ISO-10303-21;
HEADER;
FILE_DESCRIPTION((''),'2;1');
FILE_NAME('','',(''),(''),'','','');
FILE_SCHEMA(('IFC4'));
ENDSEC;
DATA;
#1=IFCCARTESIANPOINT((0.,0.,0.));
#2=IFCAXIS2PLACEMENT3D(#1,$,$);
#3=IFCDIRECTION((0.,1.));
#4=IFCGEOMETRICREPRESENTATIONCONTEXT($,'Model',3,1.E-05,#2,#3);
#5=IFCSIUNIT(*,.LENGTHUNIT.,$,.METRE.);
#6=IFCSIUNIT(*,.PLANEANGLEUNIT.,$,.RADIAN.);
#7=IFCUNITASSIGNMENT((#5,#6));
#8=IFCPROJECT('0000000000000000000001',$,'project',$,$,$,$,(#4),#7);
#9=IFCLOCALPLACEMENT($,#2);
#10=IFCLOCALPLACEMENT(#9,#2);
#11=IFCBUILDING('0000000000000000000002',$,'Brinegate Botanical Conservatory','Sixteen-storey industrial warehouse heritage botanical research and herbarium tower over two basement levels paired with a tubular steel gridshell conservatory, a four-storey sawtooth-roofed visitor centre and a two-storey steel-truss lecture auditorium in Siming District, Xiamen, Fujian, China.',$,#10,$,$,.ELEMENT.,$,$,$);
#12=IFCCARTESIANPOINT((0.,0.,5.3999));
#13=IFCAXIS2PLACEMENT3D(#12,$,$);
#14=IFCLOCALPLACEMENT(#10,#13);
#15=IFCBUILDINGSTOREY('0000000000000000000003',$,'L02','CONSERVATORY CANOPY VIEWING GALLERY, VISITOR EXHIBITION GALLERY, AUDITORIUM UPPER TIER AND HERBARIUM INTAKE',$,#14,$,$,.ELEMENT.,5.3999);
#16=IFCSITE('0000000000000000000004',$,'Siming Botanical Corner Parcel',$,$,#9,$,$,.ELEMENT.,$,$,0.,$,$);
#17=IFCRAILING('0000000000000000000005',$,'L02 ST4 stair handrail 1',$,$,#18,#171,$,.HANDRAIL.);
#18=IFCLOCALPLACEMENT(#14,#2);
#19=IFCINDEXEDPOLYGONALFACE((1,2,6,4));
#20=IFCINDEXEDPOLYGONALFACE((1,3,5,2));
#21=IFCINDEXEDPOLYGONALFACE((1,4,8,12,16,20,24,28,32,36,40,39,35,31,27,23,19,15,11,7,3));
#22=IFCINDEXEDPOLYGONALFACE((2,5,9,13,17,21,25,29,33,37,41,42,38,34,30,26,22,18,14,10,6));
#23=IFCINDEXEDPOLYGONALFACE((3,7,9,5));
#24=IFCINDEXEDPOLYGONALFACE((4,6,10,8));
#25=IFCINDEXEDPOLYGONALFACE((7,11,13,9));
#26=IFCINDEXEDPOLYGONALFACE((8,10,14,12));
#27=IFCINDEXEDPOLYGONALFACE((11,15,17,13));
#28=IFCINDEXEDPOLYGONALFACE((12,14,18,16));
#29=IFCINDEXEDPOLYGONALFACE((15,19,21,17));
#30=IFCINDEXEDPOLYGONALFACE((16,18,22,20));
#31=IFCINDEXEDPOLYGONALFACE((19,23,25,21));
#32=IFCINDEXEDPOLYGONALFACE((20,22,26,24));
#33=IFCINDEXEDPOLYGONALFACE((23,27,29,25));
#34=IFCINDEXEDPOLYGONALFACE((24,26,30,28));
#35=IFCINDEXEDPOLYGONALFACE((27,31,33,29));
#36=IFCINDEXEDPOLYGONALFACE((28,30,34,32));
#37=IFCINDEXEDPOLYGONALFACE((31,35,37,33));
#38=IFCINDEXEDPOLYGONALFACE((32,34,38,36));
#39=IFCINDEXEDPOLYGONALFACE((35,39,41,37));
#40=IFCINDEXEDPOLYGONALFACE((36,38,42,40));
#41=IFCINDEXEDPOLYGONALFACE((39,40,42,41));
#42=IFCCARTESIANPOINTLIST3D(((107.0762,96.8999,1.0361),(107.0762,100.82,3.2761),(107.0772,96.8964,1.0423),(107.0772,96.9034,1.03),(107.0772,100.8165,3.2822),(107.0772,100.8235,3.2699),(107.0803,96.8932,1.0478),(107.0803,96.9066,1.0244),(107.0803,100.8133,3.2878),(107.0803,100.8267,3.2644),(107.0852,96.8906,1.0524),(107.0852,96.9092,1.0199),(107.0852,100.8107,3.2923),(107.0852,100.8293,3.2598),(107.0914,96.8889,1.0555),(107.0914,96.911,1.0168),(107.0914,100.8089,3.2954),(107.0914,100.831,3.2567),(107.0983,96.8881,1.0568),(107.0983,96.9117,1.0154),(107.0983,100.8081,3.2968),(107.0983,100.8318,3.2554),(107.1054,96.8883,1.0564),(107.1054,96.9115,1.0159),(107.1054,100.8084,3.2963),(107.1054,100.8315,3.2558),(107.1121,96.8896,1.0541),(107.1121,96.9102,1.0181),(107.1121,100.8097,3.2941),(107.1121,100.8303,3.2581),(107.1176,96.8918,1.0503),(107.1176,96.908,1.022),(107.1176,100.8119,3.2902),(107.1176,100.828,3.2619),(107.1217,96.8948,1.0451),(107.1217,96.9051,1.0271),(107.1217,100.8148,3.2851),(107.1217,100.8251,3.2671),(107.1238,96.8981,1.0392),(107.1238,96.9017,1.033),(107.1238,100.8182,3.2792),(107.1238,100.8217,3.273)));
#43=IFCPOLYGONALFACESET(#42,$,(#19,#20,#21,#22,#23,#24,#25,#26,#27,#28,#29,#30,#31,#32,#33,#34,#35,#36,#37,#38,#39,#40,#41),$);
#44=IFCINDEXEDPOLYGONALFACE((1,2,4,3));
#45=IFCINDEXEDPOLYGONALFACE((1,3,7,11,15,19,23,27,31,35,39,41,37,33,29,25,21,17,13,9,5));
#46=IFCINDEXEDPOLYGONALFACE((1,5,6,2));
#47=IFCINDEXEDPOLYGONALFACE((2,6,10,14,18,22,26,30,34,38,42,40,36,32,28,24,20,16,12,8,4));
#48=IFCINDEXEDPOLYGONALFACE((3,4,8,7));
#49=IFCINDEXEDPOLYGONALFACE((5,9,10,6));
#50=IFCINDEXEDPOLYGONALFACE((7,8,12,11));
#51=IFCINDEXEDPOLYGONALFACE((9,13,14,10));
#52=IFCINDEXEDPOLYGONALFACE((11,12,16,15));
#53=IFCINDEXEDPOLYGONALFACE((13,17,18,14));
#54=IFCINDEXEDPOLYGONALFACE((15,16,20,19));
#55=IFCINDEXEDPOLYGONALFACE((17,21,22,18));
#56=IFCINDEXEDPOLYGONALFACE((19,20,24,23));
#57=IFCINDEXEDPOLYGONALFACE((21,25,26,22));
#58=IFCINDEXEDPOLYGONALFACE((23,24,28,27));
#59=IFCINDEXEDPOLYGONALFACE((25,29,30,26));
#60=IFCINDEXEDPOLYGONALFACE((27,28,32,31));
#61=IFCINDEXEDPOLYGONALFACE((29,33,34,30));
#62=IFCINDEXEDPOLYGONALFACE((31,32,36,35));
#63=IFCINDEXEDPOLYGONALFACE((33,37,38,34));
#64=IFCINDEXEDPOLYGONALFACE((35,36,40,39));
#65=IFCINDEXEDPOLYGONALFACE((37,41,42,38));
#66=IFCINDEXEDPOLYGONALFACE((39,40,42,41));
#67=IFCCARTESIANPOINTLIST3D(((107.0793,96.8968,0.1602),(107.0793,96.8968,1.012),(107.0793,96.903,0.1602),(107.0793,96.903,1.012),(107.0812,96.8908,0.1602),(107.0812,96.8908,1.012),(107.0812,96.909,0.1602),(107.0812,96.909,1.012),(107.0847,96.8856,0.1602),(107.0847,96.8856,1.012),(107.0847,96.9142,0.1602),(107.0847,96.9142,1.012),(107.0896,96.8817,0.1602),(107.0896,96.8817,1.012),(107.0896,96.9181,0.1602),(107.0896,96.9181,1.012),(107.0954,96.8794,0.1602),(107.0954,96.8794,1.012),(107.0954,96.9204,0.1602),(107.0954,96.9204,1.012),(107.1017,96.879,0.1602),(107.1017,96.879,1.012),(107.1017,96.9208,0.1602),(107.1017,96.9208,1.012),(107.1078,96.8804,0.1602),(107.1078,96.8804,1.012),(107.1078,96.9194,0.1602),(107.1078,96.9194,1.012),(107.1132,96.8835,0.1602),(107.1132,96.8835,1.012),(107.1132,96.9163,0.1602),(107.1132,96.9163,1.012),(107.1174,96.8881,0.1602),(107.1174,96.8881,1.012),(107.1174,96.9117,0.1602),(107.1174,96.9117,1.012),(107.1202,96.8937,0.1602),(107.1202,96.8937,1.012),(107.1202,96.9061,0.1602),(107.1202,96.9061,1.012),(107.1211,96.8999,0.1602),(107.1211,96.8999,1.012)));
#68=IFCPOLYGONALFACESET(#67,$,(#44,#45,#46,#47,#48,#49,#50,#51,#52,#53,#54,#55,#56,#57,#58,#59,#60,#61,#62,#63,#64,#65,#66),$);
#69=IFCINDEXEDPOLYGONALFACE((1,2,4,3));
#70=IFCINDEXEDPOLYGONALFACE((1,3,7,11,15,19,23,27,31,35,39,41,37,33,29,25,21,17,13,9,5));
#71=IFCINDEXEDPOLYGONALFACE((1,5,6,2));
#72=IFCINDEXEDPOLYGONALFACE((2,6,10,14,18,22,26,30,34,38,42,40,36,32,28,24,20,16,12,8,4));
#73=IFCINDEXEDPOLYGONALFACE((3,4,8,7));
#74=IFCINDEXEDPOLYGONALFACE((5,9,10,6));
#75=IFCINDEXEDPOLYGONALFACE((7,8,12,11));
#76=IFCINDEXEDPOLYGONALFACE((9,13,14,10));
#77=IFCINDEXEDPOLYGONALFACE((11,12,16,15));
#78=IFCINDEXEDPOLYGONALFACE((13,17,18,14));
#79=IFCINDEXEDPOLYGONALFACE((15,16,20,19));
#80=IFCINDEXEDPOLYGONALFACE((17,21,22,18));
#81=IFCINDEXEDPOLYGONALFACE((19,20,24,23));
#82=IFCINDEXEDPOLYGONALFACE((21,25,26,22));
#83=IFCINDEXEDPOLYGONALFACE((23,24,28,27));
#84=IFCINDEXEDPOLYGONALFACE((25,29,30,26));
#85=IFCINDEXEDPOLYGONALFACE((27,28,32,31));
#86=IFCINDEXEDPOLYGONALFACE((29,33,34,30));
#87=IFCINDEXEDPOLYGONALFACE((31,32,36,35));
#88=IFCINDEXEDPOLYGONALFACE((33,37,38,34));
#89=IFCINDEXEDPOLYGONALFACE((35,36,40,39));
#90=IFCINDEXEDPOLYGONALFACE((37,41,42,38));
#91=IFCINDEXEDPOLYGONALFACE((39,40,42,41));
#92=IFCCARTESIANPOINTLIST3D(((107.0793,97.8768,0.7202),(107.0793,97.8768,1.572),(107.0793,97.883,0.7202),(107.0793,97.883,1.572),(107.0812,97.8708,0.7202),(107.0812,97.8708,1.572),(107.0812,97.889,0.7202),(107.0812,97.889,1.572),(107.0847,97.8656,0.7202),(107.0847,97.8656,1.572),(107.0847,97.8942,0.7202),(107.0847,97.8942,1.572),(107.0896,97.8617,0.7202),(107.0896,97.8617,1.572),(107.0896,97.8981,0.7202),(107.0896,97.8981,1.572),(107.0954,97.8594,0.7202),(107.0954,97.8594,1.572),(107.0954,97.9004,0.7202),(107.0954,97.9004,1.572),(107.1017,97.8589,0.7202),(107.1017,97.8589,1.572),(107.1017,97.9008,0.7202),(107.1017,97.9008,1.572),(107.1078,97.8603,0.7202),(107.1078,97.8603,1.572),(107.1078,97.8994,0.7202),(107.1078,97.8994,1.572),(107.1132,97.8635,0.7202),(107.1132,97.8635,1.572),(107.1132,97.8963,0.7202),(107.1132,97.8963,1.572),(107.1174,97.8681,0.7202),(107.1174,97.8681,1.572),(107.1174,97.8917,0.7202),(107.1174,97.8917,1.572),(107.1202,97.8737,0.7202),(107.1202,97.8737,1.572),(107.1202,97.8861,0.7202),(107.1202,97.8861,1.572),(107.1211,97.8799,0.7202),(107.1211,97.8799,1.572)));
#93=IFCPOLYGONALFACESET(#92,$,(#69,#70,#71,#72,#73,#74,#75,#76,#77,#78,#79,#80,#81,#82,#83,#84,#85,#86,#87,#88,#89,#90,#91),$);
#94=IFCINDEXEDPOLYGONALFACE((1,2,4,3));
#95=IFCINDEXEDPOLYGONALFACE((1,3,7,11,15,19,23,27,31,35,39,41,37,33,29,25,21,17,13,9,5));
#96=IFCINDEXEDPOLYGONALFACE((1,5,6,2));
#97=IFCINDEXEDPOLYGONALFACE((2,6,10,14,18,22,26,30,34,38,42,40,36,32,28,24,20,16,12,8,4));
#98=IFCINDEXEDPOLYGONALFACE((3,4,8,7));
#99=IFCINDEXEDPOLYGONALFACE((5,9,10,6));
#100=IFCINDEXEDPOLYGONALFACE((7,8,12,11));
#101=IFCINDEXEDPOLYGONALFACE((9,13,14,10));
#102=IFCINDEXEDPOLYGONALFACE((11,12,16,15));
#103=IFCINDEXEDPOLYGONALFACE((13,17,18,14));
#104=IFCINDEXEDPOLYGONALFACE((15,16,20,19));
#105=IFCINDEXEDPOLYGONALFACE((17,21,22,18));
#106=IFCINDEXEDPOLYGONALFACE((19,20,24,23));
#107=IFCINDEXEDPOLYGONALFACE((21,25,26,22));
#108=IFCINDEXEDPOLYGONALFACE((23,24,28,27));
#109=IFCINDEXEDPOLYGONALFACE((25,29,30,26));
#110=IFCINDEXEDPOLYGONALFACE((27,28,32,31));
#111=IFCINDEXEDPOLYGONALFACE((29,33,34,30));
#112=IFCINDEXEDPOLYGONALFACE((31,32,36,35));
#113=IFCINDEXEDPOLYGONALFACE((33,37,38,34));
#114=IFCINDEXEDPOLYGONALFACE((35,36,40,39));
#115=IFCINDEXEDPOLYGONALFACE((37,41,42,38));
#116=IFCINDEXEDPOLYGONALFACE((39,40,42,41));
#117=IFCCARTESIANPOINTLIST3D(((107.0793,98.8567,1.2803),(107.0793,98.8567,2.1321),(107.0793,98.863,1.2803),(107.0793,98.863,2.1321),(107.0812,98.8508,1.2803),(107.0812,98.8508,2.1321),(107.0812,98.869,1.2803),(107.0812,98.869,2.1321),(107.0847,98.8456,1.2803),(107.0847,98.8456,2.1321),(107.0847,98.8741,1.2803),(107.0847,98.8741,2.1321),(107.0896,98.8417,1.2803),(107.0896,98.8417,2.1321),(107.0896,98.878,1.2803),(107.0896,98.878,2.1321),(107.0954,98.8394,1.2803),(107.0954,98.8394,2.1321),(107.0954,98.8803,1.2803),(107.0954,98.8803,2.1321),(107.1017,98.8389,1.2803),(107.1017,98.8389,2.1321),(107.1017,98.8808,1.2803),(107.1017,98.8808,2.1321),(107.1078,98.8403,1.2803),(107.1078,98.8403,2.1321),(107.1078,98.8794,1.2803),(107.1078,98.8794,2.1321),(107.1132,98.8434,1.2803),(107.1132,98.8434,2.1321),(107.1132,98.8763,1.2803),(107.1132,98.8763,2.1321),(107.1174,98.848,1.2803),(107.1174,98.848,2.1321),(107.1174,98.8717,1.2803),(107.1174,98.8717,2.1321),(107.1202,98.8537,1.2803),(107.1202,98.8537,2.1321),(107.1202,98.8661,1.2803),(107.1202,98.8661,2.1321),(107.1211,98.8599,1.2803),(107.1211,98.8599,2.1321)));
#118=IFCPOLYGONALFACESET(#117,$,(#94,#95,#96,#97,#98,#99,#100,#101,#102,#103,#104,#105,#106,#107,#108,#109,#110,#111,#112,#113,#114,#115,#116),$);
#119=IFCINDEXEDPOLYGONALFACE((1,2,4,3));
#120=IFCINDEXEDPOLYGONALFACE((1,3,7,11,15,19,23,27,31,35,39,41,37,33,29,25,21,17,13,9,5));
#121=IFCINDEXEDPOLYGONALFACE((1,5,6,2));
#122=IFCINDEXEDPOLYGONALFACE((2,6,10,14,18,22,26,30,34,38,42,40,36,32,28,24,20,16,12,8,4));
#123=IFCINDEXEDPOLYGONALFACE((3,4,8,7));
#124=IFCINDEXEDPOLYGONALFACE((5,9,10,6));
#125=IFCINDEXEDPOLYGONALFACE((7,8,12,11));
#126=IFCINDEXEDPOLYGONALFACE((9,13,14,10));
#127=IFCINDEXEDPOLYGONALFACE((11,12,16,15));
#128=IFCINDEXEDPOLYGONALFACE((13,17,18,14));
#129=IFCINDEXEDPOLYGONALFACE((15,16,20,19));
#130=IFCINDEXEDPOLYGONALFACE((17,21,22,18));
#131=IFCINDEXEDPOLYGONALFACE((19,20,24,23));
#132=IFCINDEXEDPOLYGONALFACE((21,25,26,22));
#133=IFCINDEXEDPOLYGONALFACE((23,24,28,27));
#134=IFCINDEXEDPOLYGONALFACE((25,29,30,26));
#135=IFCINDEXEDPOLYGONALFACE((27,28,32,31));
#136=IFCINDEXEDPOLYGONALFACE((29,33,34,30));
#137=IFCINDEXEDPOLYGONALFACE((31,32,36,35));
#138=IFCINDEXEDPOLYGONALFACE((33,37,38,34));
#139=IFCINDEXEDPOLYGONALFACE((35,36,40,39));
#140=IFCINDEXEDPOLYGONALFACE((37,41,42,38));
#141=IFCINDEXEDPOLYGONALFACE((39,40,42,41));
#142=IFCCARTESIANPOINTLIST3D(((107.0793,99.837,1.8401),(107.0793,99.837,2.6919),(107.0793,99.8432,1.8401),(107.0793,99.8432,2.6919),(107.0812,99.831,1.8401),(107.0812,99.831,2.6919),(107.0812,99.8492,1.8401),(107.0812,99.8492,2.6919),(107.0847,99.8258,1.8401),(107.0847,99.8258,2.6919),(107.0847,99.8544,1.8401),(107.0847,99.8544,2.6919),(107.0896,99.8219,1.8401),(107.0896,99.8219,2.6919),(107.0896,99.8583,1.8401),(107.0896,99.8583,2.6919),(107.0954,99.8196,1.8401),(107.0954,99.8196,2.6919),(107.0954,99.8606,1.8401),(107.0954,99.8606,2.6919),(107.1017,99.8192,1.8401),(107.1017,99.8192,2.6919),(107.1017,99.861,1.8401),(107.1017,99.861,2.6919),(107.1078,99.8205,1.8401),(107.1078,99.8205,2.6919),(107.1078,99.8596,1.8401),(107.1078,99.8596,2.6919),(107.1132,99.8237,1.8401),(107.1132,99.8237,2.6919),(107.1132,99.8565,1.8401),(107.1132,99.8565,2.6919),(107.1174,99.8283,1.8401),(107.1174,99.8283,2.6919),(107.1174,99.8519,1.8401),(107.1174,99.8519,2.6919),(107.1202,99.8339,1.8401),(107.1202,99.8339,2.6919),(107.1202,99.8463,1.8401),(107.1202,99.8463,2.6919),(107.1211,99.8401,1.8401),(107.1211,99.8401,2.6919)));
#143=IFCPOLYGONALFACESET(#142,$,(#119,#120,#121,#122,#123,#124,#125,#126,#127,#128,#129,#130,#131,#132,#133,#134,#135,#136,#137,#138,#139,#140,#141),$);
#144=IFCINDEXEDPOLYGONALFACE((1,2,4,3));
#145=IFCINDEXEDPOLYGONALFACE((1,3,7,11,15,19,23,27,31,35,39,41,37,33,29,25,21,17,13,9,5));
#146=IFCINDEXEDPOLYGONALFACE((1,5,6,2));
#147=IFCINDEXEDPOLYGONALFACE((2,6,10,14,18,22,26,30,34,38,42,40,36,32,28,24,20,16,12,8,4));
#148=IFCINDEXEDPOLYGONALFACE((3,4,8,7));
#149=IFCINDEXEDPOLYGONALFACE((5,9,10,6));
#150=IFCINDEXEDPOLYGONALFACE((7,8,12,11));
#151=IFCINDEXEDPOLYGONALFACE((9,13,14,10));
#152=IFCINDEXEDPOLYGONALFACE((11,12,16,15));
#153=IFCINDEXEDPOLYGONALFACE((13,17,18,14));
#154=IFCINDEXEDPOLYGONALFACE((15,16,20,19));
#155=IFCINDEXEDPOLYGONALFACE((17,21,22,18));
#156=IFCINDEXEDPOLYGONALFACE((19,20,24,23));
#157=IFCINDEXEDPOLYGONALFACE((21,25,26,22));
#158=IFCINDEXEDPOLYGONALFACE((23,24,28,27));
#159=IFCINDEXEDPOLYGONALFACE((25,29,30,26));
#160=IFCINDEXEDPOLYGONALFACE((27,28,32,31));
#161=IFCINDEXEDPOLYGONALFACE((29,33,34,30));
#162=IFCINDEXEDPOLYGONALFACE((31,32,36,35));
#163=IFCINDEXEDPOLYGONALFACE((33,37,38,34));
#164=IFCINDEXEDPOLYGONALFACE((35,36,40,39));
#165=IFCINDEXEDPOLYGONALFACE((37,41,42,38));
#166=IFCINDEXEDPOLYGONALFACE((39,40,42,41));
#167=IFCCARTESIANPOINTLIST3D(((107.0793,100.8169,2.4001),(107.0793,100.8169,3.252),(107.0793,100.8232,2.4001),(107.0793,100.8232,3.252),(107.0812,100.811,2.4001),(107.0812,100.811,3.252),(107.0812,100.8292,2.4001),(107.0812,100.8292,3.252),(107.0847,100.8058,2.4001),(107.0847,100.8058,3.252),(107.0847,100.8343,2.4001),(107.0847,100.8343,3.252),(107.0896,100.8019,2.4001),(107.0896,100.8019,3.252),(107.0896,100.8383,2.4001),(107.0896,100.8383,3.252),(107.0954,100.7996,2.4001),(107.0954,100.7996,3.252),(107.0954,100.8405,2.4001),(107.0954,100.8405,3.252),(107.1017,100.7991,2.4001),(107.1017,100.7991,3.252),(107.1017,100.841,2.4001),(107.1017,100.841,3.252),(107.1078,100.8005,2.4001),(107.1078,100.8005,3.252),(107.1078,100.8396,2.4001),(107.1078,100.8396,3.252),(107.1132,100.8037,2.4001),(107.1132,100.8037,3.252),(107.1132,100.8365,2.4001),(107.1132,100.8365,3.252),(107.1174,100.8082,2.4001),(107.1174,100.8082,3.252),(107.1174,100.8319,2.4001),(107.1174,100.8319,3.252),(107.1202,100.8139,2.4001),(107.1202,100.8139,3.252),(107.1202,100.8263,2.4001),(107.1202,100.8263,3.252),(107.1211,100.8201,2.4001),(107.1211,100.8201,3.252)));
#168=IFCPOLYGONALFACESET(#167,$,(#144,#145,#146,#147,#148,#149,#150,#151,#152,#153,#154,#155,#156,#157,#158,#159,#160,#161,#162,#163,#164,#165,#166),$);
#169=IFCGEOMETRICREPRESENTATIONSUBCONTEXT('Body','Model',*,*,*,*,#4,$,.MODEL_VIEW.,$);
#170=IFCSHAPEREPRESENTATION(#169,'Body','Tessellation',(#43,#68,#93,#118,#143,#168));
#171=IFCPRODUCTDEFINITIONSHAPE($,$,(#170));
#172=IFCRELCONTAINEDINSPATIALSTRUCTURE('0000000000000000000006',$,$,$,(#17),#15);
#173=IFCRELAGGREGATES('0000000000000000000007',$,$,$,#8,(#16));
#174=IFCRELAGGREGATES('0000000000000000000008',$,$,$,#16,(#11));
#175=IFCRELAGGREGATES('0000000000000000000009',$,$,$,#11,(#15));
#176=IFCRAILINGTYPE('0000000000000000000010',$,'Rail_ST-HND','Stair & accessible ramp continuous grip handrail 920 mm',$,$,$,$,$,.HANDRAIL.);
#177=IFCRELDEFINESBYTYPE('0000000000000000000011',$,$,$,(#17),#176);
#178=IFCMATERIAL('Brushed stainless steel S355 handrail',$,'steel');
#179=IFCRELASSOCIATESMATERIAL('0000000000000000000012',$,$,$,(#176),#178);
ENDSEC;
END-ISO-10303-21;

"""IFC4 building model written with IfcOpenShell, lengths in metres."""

from ifc_helpers import new_model, si_unit, direction, frame, origin, origin_2d, place, context, subcontext, project, spatial, circle, extrude, material, type_object, element, save


model = new_model("IFC4")

# Units and contexts
model_context = context("Model", 3, precision=1e-05, world=origin(), true_north=direction((0.0, 1.0)))
body_context = subcontext(model_context, "Body", "Model", "MODEL_VIEW")
ifc_project = project(units=[si_unit("LENGTHUNIT", "METRE"), si_unit("PLANEANGLEUNIT", "RADIAN")], contexts=[model_context])

# Site, building, storey
site_placement = place(None, origin())
site = spatial("IfcSite", under=ifc_project, at=site_placement, Name="Siming Botanical Corner Parcel", CompositionType="ELEMENT", RefElevation=0.0)
building_placement = place(site_placement, origin())
building = spatial("IfcBuilding", under=site, at=building_placement, Name="Brinegate Botanical Conservatory", Description="Sixteen-storey industrial warehouse heritage botanical research and herbarium tower over two basement levels paired with a tubular steel gridshell conservatory, a four-storey sawtooth-roofed visitor centre and a two-storey steel-truss lecture auditorium in Siming District, Xiamen, Fujian, China.", CompositionType="ELEMENT")
storey_placement = place(building_placement, frame((0.0, 0.0, 5.3999)))
storey = spatial("IfcBuildingStorey", under=building, at=storey_placement, Name="L02", Description="CONSERVATORY CANOPY VIEWING GALLERY, VISITOR EXHIBITION GALLERY, AUDITORIUM UPPER TIER AND HERBARIUM INTAKE", CompositionType="ELEMENT", Elevation=5.3999)

# Railing
ifc_material_1 = material(Name="Brushed stainless steel S355 handrail", Category="steel")
railing_type_1 = type_object("IfcRailingType", Name="Rail_ST-HND", Description="Stair & accessible ramp continuous grip handrail 920 mm", PredefinedType="HANDRAIL", material=ifc_material_1)
railing_1_placement = place(storey_placement, frame((107.1001, 96.8999, 0.1602)))
element("IfcRailing", 1, at=railing_1_placement, inside=storey, type_object=railing_type_1, Name="L02 ST4 stair handrail 1", PredefinedType="HANDRAIL", context=body_context, shape_type="SweptSolid", body=[
    extrude(circle(Radius=0.0239, at=origin_2d()), frame((0.0, 0.0, 0.876), z_axis=(0.0, 0.868253, 0.496121), x_axis=(-1.0, 0.0, 0.0)), (0.0, 0.0, 1.0), 4.5149),
    extrude(circle(Radius=0.021, at=origin_2d()), origin(), (0.0, 0.0, 1.0), 0.8518),
    extrude(circle(Radius=0.021, at=origin_2d()), frame((0.0, 0.98, 0.5601)), (0.0, 0.0, 1.0), 0.8518),
    extrude(circle(Radius=0.021, at=origin_2d()), frame((0.0, 1.96, 1.1201)), (0.0, 0.0, 1.0), 0.8518),
    extrude(circle(Radius=0.021, at=origin_2d()), frame((0.0, 2.9402, 1.6799)), (0.0, 0.0, 1.0), 0.8518),
    extrude(circle(Radius=0.021, at=origin_2d()), frame((0.0, 3.9202, 2.24)), (0.0, 0.0, 1.0), 0.8518),
])

save(model, "model.ifc")
